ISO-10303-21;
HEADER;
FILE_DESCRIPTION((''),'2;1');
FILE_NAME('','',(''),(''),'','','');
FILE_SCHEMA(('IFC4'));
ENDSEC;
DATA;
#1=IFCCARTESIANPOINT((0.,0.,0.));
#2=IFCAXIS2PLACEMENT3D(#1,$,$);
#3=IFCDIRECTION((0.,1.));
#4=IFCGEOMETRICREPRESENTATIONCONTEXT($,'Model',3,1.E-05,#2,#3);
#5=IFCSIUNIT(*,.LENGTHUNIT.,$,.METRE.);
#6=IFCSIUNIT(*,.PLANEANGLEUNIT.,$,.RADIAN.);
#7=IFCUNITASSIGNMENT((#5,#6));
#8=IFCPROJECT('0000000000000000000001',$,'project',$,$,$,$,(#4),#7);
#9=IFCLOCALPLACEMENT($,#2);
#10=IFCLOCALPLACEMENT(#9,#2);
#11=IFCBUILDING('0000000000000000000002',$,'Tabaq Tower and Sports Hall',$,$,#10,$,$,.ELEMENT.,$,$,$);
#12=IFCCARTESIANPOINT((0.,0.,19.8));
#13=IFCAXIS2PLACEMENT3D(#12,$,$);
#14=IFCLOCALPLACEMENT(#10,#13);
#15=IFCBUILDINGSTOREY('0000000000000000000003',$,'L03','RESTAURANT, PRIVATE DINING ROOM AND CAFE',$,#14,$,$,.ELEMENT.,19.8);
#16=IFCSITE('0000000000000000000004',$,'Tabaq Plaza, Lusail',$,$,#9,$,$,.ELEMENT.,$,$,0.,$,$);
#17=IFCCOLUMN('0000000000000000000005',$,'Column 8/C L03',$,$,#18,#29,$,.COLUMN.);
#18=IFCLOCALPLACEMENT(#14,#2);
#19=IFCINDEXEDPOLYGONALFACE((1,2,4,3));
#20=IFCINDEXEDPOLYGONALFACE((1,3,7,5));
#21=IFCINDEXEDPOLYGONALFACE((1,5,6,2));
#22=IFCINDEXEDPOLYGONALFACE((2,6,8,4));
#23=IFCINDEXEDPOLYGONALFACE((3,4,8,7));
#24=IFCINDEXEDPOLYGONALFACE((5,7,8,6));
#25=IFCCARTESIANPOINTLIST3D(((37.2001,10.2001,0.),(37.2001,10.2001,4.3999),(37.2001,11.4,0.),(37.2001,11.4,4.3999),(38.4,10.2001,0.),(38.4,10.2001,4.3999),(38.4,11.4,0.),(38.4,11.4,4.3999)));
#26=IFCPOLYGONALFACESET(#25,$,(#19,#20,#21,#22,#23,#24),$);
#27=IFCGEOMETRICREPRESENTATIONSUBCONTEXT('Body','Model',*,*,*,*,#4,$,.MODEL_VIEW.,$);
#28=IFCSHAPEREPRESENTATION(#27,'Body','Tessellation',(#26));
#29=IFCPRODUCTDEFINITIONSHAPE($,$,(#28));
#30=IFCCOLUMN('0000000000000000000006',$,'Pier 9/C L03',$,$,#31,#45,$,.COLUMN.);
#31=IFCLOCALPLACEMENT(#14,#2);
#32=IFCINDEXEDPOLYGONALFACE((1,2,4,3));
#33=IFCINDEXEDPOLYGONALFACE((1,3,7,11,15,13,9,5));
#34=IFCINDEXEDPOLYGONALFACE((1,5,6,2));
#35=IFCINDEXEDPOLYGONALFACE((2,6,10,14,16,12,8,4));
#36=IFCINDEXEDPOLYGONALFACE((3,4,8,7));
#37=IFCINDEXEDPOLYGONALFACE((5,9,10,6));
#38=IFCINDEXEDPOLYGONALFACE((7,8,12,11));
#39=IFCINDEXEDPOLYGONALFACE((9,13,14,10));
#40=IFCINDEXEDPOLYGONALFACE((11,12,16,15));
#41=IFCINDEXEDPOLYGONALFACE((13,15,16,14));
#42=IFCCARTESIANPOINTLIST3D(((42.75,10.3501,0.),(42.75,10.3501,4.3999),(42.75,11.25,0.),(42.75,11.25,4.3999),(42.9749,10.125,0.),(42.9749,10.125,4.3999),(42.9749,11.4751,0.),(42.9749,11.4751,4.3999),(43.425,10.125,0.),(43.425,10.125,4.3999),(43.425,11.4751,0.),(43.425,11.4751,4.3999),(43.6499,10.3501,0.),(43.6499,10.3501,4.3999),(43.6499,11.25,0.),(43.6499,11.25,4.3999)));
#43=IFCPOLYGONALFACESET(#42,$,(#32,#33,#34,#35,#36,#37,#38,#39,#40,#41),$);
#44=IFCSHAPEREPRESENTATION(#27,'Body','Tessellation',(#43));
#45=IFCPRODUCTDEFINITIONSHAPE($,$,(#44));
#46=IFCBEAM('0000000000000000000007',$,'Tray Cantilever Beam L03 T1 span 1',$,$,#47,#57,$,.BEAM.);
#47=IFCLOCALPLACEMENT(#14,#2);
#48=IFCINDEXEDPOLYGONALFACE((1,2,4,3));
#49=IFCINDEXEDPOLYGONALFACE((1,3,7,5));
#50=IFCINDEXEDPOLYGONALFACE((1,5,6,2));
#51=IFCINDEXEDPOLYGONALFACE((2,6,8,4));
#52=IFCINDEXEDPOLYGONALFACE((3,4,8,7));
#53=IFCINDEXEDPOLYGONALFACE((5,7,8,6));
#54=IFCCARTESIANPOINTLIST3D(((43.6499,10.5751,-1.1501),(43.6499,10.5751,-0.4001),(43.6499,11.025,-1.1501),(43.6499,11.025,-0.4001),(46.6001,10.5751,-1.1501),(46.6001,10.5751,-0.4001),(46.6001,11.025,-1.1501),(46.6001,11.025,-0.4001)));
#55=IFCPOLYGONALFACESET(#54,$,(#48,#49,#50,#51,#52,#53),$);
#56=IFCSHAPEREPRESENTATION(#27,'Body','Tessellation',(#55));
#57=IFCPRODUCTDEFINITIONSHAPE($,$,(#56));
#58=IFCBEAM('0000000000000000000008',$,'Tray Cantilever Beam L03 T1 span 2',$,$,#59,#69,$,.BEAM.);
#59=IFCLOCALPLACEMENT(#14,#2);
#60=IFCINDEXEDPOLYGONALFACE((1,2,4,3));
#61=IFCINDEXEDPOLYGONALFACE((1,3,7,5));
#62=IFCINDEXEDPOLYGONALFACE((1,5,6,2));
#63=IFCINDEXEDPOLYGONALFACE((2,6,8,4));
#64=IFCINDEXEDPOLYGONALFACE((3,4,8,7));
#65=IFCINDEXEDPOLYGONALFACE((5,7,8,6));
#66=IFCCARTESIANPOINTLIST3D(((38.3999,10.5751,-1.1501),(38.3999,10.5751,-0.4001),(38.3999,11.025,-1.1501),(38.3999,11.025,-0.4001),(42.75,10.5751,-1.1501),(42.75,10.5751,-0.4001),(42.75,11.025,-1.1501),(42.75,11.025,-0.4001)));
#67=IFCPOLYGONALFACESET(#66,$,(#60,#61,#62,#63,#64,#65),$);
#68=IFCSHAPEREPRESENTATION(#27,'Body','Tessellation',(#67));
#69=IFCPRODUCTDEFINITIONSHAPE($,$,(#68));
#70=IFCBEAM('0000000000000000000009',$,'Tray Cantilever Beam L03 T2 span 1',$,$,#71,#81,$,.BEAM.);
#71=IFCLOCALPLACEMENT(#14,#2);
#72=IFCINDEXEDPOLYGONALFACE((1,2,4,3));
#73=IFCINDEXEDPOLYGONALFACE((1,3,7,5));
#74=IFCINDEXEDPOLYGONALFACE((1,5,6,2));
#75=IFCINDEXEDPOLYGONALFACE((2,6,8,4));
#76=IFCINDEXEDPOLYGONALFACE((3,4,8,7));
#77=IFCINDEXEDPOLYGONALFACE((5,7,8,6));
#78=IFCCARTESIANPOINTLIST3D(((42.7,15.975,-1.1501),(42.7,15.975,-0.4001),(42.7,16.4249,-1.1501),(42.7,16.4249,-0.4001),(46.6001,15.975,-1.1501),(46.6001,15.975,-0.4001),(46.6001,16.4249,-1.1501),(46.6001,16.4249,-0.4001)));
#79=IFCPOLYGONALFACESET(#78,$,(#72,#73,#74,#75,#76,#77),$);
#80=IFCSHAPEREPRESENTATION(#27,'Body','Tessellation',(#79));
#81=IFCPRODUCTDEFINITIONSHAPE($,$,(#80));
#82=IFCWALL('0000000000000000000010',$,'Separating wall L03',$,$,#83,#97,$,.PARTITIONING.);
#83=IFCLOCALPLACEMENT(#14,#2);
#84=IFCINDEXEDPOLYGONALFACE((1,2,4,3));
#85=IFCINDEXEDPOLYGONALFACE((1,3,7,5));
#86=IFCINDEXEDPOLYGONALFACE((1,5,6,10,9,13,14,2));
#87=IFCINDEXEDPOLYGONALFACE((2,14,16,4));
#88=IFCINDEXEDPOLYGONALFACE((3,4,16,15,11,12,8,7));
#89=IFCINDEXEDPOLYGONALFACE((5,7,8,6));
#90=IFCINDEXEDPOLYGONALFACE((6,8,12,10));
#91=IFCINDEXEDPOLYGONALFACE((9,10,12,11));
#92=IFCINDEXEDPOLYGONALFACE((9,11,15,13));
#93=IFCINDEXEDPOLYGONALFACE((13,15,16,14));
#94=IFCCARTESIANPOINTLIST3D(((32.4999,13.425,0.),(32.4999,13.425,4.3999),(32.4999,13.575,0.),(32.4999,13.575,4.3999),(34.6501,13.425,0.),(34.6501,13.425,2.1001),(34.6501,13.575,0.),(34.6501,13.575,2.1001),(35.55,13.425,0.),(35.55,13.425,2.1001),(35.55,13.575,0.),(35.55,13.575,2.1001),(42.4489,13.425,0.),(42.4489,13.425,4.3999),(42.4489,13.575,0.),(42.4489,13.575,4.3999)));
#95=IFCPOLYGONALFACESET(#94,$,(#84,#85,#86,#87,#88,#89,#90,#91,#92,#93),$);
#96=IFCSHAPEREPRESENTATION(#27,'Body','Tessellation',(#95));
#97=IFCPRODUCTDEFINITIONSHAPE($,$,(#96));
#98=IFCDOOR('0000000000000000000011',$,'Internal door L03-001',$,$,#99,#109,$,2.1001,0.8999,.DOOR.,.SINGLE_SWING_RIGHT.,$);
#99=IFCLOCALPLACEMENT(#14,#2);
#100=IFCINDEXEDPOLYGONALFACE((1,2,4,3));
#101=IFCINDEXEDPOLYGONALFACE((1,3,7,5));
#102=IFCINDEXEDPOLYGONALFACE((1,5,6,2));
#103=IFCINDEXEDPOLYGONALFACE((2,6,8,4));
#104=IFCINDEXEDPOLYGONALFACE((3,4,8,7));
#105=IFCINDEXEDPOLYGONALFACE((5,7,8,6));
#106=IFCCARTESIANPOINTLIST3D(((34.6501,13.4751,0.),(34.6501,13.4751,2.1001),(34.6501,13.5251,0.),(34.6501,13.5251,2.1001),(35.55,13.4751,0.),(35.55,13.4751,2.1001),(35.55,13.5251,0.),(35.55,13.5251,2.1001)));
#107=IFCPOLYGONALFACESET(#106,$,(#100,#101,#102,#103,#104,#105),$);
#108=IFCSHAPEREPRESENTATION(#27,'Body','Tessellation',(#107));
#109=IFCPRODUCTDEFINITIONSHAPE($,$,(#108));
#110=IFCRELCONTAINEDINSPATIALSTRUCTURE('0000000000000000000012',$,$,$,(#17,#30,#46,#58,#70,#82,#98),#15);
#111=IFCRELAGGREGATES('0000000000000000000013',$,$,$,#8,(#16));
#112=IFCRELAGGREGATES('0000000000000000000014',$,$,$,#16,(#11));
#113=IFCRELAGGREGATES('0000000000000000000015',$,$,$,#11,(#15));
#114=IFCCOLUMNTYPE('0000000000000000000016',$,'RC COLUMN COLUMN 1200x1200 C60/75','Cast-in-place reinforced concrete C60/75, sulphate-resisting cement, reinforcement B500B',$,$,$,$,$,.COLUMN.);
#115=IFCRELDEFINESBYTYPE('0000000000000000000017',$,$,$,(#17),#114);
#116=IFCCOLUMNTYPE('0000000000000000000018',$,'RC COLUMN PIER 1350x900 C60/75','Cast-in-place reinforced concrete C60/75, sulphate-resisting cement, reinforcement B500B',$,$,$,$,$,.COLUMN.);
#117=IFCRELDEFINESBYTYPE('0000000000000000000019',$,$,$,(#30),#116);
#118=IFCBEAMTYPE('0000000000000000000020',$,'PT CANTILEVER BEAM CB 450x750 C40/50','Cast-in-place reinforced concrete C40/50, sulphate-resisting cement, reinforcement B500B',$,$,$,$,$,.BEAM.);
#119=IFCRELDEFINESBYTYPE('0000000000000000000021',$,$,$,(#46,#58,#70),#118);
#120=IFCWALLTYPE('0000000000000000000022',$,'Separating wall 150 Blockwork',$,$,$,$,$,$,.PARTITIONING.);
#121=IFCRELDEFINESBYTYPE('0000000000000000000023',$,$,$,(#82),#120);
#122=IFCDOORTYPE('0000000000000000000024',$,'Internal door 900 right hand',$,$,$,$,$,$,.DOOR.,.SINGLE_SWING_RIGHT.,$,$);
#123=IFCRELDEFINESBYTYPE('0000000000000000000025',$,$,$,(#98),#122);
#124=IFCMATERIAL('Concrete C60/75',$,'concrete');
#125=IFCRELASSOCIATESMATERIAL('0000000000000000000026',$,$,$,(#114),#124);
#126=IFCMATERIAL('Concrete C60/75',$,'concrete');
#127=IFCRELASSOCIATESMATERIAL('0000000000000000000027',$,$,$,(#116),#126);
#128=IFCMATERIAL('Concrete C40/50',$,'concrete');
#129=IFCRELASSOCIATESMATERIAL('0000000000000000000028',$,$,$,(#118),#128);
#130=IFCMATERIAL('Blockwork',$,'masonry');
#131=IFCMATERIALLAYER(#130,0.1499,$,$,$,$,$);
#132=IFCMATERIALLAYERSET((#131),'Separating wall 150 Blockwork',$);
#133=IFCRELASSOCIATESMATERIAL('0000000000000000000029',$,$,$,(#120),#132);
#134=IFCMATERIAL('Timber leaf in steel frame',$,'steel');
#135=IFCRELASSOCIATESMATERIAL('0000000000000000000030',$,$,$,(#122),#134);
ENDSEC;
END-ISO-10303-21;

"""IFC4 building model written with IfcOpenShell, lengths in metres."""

from ifc_helpers import new_model, si_unit, direction, frame, frame_2d, origin, origin_2d, place, context, subcontext, project, spatial, polyline, rectangle, outline, extrude, material, layer, layer_set, material_profile, profile_set, type_object, element, fill, save


model = new_model("IFC4")

# Units and contexts
model_context = context("Model", 3, precision=1e-05, world=origin(), true_north=direction((0.0, 1.0)))
body_context = subcontext(model_context, "Body", "Model", "MODEL_VIEW")
ifc_project = project(units=[si_unit("LENGTHUNIT", "METRE"), si_unit("PLANEANGLEUNIT", "RADIAN")], contexts=[model_context])

# Site, building, storey
site_placement = place(None, origin())
site = spatial("IfcSite", under=ifc_project, at=site_placement, Name="Tabaq Plaza, Lusail", CompositionType="ELEMENT", RefElevation=0.0)
building_placement = place(site_placement, origin())
building = spatial("IfcBuilding", under=site, at=building_placement, Name="Tabaq Tower and Sports Hall", CompositionType="ELEMENT")
storey_placement = place(building_placement, frame((0.0, 0.0, 19.8)))
storey = spatial("IfcBuildingStorey", under=building, at=storey_placement, Name="L03", Description="RESTAURANT, PRIVATE DINING ROOM AND CAFE", CompositionType="ELEMENT", Elevation=19.8)

# Columns
ifc_material_1 = material(Name="Concrete C60/75", Category="concrete")
ifc_material_profile_1 = material_profile(ifc_material_1, rectangle(XDim=1.2, YDim=1.2, at=origin_2d()), Name="COLUMN 1200x1200")
ifc_profile_set_1 = profile_set([ifc_material_profile_1], Name="Concrete C60/75")
column_type_1 = type_object("IfcColumnType", Name="RC COLUMN COLUMN 1200x1200 C60/75", Description="Cast-in-place reinforced concrete C60/75, sulphate-resisting cement, reinforcement B500B", PredefinedType="COLUMN", material=ifc_profile_set_1)
column_1_placement = place(storey_placement, frame((37.8, 10.8, 0.0), z_axis=(0.0, 0.0, 1.0), x_axis=(1.0, 0.0, 0.0)))
element("IfcColumn", 1, at=column_1_placement, inside=storey, type_object=column_type_1, Name="Column 8/C L03", PredefinedType="COLUMN", context=body_context, shape_type="SweptSolid", body=[
    extrude(rectangle(XDim=1.2, YDim=1.2, at=origin_2d()), origin(), (0.0, 0.0, 1.0), 4.3999),
])
ifc_material_2 = material(Name="Concrete C60/75", Category="concrete")
ifc_material_profile_2 = material_profile(ifc_material_2, outline(polyline([(-0.45, -0.45), (0.45, -0.45), (0.675, -0.2251), (0.675, 0.2251), (0.45, 0.45), (-0.45, 0.45), (-0.675, 0.2251), (-0.675, -0.2251), (-0.45, -0.45)])), Name="PIER 1350x900")
ifc_profile_set_2 = profile_set([ifc_material_profile_2], Name="Concrete C60/75")
column_type_2 = type_object("IfcColumnType", Name="RC COLUMN PIER 1350x900 C60/75", Description="Cast-in-place reinforced concrete C60/75, sulphate-resisting cement, reinforcement B500B", PredefinedType="COLUMN", material=ifc_profile_set_2)
column_2_placement = place(storey_placement, frame((43.2, 10.8, 0.0), z_axis=(0.0, 0.0, 1.0), x_axis=(0.0, 1.0, 0.0)))
element("IfcColumn", 2, at=column_2_placement, inside=storey, type_object=column_type_2, Name="Pier 9/C L03", PredefinedType="COLUMN", context=body_context, shape_type="SweptSolid", body=[
    extrude(outline(polyline([(-0.45, -0.45), (0.45, -0.45), (0.675, -0.2251), (0.675, 0.2251), (0.45, 0.45), (-0.45, 0.45), (-0.675, 0.2251), (-0.675, -0.2251), (-0.45, -0.45)])), origin(), (0.0, 0.0, 1.0), 4.3999),
])

# Beams
ifc_material_3 = material(Name="Concrete C40/50", Category="concrete")
ifc_material_profile_3 = material_profile(ifc_material_3, rectangle(XDim=0.45, YDim=0.75, at=origin_2d()), Name="CB 450x750")
ifc_profile_set_3 = profile_set([ifc_material_profile_3], Name="Concrete C40/50")
beam_type = type_object("IfcBeamType", Name="PT CANTILEVER BEAM CB 450x750 C40/50", Description="Cast-in-place reinforced concrete C40/50, sulphate-resisting cement, reinforcement B500B", PredefinedType="BEAM", material=ifc_profile_set_3)
beam_1_placement = place(storey_placement, frame((46.6001, 10.8, -0.7751), z_axis=(-1.0, 0.0, 0.0), x_axis=(0.0, -1.0, 0.0)))
element("IfcBeam", 3, at=beam_1_placement, inside=storey, type_object=beam_type, Name="Tray Cantilever Beam L03 T1 span 1", PredefinedType="BEAM", context=body_context, shape_type="SweptSolid", body=[
    extrude(rectangle(XDim=0.45, YDim=0.75, at=origin_2d()), origin(), (0.0, 0.0, 1.0), 2.9502),
])
beam_2_placement = place(storey_placement, frame((42.75, 10.8, -0.7751), z_axis=(-1.0, 0.0, 0.0), x_axis=(0.0, -1.0, 0.0)))
element("IfcBeam", 4, at=beam_2_placement, inside=storey, type_object=beam_type, Name="Tray Cantilever Beam L03 T1 span 2", PredefinedType="BEAM", context=body_context, shape_type="SweptSolid", body=[
    extrude(rectangle(XDim=0.45, YDim=0.75, at=origin_2d()), origin(), (0.0, 0.0, 1.0), 4.3501),
])
beam_3_placement = place(storey_placement, frame((46.6001, 16.2, -0.7751), z_axis=(-1.0, 0.0, 0.0), x_axis=(0.0, -1.0, 0.0)))
element("IfcBeam", 5, at=beam_3_placement, inside=storey, type_object=beam_type, Name="Tray Cantilever Beam L03 T2 span 1", PredefinedType="BEAM", context=body_context, shape_type="SweptSolid", body=[
    extrude(rectangle(XDim=0.45, YDim=0.75, at=origin_2d()), origin(), (0.0, 0.0, 1.0), 3.9001),
])

# Wall, opening, door
ifc_material_4 = material(Name="Blockwork", Category="masonry")
ifc_layer_1 = layer(ifc_material_4, 0.1499)
ifc_layer_set_1 = layer_set([ifc_layer_1], Name="Separating wall 150 Blockwork")
wall_type_1 = type_object("IfcWallType", Name="Separating wall 150 Blockwork", PredefinedType="PARTITIONING", material=ifc_layer_set_1)
wall_1_placement = place(storey_placement, frame((42.449, 13.5, 0.0), z_axis=(0.0, 0.0, 1.0), x_axis=(-1.0, 0.0, 0.0)))
wall_1 = element("IfcWall", 6, at=wall_1_placement, inside=storey, type_object=wall_type_1, Name="Separating wall L03", PredefinedType="PARTITIONING", context=body_context, shape_type="SweptSolid", body=[
    extrude(rectangle(XDim=9.949, YDim=0.1499, at=frame_2d((4.9746, 0.0))), origin(), (0.0, 0.0, 1.0), 4.3999),
])
opening_1_placement = place(wall_1_placement, frame((6.8989, 0.0, 0.0)))
opening_1 = element("IfcOpeningElement", 7, at=opening_1_placement, cuts=wall_1, PredefinedType="OPENING", context=body_context, shape_type="SweptSolid", body=[
    extrude(rectangle(XDim=0.8999, YDim=2.1001, at=frame_2d((0.45, 1.05))), frame((0.0, 0.075, 0.0), z_axis=(0.0, -1.0, 0.0), x_axis=(1.0, 0.0, 0.0)), (0.0, 0.0, 1.0), 0.1499),
])
ifc_material_5 = material(Name="Timber leaf in steel frame", Category="steel")
door_type_1 = type_object("IfcDoorType", Name="Internal door 900 right hand", OperationType="SINGLE_SWING_RIGHT", PredefinedType="DOOR", material=ifc_material_5)
door_1_placement = place(opening_1_placement, origin())
door_1 = element("IfcDoor", 8, at=door_1_placement, inside=storey, type_object=door_type_1, Name="Internal door L03-001", OperationType="SINGLE_SWING_RIGHT", OverallHeight=2.1001, OverallWidth=0.8999, PredefinedType="DOOR", context=body_context, shape_type="SweptSolid", body=[
    extrude(rectangle(XDim=0.8999, YDim=2.1001, at=frame_2d((0.45, 1.05))), frame((0.0, 0.0249, 0.0), z_axis=(0.0, -1.0, 0.0), x_axis=(1.0, 0.0, 0.0)), (0.0, 0.0, 1.0), 0.05),
])
fill(opening_1, door_1)

save(model, "model.ifc")
